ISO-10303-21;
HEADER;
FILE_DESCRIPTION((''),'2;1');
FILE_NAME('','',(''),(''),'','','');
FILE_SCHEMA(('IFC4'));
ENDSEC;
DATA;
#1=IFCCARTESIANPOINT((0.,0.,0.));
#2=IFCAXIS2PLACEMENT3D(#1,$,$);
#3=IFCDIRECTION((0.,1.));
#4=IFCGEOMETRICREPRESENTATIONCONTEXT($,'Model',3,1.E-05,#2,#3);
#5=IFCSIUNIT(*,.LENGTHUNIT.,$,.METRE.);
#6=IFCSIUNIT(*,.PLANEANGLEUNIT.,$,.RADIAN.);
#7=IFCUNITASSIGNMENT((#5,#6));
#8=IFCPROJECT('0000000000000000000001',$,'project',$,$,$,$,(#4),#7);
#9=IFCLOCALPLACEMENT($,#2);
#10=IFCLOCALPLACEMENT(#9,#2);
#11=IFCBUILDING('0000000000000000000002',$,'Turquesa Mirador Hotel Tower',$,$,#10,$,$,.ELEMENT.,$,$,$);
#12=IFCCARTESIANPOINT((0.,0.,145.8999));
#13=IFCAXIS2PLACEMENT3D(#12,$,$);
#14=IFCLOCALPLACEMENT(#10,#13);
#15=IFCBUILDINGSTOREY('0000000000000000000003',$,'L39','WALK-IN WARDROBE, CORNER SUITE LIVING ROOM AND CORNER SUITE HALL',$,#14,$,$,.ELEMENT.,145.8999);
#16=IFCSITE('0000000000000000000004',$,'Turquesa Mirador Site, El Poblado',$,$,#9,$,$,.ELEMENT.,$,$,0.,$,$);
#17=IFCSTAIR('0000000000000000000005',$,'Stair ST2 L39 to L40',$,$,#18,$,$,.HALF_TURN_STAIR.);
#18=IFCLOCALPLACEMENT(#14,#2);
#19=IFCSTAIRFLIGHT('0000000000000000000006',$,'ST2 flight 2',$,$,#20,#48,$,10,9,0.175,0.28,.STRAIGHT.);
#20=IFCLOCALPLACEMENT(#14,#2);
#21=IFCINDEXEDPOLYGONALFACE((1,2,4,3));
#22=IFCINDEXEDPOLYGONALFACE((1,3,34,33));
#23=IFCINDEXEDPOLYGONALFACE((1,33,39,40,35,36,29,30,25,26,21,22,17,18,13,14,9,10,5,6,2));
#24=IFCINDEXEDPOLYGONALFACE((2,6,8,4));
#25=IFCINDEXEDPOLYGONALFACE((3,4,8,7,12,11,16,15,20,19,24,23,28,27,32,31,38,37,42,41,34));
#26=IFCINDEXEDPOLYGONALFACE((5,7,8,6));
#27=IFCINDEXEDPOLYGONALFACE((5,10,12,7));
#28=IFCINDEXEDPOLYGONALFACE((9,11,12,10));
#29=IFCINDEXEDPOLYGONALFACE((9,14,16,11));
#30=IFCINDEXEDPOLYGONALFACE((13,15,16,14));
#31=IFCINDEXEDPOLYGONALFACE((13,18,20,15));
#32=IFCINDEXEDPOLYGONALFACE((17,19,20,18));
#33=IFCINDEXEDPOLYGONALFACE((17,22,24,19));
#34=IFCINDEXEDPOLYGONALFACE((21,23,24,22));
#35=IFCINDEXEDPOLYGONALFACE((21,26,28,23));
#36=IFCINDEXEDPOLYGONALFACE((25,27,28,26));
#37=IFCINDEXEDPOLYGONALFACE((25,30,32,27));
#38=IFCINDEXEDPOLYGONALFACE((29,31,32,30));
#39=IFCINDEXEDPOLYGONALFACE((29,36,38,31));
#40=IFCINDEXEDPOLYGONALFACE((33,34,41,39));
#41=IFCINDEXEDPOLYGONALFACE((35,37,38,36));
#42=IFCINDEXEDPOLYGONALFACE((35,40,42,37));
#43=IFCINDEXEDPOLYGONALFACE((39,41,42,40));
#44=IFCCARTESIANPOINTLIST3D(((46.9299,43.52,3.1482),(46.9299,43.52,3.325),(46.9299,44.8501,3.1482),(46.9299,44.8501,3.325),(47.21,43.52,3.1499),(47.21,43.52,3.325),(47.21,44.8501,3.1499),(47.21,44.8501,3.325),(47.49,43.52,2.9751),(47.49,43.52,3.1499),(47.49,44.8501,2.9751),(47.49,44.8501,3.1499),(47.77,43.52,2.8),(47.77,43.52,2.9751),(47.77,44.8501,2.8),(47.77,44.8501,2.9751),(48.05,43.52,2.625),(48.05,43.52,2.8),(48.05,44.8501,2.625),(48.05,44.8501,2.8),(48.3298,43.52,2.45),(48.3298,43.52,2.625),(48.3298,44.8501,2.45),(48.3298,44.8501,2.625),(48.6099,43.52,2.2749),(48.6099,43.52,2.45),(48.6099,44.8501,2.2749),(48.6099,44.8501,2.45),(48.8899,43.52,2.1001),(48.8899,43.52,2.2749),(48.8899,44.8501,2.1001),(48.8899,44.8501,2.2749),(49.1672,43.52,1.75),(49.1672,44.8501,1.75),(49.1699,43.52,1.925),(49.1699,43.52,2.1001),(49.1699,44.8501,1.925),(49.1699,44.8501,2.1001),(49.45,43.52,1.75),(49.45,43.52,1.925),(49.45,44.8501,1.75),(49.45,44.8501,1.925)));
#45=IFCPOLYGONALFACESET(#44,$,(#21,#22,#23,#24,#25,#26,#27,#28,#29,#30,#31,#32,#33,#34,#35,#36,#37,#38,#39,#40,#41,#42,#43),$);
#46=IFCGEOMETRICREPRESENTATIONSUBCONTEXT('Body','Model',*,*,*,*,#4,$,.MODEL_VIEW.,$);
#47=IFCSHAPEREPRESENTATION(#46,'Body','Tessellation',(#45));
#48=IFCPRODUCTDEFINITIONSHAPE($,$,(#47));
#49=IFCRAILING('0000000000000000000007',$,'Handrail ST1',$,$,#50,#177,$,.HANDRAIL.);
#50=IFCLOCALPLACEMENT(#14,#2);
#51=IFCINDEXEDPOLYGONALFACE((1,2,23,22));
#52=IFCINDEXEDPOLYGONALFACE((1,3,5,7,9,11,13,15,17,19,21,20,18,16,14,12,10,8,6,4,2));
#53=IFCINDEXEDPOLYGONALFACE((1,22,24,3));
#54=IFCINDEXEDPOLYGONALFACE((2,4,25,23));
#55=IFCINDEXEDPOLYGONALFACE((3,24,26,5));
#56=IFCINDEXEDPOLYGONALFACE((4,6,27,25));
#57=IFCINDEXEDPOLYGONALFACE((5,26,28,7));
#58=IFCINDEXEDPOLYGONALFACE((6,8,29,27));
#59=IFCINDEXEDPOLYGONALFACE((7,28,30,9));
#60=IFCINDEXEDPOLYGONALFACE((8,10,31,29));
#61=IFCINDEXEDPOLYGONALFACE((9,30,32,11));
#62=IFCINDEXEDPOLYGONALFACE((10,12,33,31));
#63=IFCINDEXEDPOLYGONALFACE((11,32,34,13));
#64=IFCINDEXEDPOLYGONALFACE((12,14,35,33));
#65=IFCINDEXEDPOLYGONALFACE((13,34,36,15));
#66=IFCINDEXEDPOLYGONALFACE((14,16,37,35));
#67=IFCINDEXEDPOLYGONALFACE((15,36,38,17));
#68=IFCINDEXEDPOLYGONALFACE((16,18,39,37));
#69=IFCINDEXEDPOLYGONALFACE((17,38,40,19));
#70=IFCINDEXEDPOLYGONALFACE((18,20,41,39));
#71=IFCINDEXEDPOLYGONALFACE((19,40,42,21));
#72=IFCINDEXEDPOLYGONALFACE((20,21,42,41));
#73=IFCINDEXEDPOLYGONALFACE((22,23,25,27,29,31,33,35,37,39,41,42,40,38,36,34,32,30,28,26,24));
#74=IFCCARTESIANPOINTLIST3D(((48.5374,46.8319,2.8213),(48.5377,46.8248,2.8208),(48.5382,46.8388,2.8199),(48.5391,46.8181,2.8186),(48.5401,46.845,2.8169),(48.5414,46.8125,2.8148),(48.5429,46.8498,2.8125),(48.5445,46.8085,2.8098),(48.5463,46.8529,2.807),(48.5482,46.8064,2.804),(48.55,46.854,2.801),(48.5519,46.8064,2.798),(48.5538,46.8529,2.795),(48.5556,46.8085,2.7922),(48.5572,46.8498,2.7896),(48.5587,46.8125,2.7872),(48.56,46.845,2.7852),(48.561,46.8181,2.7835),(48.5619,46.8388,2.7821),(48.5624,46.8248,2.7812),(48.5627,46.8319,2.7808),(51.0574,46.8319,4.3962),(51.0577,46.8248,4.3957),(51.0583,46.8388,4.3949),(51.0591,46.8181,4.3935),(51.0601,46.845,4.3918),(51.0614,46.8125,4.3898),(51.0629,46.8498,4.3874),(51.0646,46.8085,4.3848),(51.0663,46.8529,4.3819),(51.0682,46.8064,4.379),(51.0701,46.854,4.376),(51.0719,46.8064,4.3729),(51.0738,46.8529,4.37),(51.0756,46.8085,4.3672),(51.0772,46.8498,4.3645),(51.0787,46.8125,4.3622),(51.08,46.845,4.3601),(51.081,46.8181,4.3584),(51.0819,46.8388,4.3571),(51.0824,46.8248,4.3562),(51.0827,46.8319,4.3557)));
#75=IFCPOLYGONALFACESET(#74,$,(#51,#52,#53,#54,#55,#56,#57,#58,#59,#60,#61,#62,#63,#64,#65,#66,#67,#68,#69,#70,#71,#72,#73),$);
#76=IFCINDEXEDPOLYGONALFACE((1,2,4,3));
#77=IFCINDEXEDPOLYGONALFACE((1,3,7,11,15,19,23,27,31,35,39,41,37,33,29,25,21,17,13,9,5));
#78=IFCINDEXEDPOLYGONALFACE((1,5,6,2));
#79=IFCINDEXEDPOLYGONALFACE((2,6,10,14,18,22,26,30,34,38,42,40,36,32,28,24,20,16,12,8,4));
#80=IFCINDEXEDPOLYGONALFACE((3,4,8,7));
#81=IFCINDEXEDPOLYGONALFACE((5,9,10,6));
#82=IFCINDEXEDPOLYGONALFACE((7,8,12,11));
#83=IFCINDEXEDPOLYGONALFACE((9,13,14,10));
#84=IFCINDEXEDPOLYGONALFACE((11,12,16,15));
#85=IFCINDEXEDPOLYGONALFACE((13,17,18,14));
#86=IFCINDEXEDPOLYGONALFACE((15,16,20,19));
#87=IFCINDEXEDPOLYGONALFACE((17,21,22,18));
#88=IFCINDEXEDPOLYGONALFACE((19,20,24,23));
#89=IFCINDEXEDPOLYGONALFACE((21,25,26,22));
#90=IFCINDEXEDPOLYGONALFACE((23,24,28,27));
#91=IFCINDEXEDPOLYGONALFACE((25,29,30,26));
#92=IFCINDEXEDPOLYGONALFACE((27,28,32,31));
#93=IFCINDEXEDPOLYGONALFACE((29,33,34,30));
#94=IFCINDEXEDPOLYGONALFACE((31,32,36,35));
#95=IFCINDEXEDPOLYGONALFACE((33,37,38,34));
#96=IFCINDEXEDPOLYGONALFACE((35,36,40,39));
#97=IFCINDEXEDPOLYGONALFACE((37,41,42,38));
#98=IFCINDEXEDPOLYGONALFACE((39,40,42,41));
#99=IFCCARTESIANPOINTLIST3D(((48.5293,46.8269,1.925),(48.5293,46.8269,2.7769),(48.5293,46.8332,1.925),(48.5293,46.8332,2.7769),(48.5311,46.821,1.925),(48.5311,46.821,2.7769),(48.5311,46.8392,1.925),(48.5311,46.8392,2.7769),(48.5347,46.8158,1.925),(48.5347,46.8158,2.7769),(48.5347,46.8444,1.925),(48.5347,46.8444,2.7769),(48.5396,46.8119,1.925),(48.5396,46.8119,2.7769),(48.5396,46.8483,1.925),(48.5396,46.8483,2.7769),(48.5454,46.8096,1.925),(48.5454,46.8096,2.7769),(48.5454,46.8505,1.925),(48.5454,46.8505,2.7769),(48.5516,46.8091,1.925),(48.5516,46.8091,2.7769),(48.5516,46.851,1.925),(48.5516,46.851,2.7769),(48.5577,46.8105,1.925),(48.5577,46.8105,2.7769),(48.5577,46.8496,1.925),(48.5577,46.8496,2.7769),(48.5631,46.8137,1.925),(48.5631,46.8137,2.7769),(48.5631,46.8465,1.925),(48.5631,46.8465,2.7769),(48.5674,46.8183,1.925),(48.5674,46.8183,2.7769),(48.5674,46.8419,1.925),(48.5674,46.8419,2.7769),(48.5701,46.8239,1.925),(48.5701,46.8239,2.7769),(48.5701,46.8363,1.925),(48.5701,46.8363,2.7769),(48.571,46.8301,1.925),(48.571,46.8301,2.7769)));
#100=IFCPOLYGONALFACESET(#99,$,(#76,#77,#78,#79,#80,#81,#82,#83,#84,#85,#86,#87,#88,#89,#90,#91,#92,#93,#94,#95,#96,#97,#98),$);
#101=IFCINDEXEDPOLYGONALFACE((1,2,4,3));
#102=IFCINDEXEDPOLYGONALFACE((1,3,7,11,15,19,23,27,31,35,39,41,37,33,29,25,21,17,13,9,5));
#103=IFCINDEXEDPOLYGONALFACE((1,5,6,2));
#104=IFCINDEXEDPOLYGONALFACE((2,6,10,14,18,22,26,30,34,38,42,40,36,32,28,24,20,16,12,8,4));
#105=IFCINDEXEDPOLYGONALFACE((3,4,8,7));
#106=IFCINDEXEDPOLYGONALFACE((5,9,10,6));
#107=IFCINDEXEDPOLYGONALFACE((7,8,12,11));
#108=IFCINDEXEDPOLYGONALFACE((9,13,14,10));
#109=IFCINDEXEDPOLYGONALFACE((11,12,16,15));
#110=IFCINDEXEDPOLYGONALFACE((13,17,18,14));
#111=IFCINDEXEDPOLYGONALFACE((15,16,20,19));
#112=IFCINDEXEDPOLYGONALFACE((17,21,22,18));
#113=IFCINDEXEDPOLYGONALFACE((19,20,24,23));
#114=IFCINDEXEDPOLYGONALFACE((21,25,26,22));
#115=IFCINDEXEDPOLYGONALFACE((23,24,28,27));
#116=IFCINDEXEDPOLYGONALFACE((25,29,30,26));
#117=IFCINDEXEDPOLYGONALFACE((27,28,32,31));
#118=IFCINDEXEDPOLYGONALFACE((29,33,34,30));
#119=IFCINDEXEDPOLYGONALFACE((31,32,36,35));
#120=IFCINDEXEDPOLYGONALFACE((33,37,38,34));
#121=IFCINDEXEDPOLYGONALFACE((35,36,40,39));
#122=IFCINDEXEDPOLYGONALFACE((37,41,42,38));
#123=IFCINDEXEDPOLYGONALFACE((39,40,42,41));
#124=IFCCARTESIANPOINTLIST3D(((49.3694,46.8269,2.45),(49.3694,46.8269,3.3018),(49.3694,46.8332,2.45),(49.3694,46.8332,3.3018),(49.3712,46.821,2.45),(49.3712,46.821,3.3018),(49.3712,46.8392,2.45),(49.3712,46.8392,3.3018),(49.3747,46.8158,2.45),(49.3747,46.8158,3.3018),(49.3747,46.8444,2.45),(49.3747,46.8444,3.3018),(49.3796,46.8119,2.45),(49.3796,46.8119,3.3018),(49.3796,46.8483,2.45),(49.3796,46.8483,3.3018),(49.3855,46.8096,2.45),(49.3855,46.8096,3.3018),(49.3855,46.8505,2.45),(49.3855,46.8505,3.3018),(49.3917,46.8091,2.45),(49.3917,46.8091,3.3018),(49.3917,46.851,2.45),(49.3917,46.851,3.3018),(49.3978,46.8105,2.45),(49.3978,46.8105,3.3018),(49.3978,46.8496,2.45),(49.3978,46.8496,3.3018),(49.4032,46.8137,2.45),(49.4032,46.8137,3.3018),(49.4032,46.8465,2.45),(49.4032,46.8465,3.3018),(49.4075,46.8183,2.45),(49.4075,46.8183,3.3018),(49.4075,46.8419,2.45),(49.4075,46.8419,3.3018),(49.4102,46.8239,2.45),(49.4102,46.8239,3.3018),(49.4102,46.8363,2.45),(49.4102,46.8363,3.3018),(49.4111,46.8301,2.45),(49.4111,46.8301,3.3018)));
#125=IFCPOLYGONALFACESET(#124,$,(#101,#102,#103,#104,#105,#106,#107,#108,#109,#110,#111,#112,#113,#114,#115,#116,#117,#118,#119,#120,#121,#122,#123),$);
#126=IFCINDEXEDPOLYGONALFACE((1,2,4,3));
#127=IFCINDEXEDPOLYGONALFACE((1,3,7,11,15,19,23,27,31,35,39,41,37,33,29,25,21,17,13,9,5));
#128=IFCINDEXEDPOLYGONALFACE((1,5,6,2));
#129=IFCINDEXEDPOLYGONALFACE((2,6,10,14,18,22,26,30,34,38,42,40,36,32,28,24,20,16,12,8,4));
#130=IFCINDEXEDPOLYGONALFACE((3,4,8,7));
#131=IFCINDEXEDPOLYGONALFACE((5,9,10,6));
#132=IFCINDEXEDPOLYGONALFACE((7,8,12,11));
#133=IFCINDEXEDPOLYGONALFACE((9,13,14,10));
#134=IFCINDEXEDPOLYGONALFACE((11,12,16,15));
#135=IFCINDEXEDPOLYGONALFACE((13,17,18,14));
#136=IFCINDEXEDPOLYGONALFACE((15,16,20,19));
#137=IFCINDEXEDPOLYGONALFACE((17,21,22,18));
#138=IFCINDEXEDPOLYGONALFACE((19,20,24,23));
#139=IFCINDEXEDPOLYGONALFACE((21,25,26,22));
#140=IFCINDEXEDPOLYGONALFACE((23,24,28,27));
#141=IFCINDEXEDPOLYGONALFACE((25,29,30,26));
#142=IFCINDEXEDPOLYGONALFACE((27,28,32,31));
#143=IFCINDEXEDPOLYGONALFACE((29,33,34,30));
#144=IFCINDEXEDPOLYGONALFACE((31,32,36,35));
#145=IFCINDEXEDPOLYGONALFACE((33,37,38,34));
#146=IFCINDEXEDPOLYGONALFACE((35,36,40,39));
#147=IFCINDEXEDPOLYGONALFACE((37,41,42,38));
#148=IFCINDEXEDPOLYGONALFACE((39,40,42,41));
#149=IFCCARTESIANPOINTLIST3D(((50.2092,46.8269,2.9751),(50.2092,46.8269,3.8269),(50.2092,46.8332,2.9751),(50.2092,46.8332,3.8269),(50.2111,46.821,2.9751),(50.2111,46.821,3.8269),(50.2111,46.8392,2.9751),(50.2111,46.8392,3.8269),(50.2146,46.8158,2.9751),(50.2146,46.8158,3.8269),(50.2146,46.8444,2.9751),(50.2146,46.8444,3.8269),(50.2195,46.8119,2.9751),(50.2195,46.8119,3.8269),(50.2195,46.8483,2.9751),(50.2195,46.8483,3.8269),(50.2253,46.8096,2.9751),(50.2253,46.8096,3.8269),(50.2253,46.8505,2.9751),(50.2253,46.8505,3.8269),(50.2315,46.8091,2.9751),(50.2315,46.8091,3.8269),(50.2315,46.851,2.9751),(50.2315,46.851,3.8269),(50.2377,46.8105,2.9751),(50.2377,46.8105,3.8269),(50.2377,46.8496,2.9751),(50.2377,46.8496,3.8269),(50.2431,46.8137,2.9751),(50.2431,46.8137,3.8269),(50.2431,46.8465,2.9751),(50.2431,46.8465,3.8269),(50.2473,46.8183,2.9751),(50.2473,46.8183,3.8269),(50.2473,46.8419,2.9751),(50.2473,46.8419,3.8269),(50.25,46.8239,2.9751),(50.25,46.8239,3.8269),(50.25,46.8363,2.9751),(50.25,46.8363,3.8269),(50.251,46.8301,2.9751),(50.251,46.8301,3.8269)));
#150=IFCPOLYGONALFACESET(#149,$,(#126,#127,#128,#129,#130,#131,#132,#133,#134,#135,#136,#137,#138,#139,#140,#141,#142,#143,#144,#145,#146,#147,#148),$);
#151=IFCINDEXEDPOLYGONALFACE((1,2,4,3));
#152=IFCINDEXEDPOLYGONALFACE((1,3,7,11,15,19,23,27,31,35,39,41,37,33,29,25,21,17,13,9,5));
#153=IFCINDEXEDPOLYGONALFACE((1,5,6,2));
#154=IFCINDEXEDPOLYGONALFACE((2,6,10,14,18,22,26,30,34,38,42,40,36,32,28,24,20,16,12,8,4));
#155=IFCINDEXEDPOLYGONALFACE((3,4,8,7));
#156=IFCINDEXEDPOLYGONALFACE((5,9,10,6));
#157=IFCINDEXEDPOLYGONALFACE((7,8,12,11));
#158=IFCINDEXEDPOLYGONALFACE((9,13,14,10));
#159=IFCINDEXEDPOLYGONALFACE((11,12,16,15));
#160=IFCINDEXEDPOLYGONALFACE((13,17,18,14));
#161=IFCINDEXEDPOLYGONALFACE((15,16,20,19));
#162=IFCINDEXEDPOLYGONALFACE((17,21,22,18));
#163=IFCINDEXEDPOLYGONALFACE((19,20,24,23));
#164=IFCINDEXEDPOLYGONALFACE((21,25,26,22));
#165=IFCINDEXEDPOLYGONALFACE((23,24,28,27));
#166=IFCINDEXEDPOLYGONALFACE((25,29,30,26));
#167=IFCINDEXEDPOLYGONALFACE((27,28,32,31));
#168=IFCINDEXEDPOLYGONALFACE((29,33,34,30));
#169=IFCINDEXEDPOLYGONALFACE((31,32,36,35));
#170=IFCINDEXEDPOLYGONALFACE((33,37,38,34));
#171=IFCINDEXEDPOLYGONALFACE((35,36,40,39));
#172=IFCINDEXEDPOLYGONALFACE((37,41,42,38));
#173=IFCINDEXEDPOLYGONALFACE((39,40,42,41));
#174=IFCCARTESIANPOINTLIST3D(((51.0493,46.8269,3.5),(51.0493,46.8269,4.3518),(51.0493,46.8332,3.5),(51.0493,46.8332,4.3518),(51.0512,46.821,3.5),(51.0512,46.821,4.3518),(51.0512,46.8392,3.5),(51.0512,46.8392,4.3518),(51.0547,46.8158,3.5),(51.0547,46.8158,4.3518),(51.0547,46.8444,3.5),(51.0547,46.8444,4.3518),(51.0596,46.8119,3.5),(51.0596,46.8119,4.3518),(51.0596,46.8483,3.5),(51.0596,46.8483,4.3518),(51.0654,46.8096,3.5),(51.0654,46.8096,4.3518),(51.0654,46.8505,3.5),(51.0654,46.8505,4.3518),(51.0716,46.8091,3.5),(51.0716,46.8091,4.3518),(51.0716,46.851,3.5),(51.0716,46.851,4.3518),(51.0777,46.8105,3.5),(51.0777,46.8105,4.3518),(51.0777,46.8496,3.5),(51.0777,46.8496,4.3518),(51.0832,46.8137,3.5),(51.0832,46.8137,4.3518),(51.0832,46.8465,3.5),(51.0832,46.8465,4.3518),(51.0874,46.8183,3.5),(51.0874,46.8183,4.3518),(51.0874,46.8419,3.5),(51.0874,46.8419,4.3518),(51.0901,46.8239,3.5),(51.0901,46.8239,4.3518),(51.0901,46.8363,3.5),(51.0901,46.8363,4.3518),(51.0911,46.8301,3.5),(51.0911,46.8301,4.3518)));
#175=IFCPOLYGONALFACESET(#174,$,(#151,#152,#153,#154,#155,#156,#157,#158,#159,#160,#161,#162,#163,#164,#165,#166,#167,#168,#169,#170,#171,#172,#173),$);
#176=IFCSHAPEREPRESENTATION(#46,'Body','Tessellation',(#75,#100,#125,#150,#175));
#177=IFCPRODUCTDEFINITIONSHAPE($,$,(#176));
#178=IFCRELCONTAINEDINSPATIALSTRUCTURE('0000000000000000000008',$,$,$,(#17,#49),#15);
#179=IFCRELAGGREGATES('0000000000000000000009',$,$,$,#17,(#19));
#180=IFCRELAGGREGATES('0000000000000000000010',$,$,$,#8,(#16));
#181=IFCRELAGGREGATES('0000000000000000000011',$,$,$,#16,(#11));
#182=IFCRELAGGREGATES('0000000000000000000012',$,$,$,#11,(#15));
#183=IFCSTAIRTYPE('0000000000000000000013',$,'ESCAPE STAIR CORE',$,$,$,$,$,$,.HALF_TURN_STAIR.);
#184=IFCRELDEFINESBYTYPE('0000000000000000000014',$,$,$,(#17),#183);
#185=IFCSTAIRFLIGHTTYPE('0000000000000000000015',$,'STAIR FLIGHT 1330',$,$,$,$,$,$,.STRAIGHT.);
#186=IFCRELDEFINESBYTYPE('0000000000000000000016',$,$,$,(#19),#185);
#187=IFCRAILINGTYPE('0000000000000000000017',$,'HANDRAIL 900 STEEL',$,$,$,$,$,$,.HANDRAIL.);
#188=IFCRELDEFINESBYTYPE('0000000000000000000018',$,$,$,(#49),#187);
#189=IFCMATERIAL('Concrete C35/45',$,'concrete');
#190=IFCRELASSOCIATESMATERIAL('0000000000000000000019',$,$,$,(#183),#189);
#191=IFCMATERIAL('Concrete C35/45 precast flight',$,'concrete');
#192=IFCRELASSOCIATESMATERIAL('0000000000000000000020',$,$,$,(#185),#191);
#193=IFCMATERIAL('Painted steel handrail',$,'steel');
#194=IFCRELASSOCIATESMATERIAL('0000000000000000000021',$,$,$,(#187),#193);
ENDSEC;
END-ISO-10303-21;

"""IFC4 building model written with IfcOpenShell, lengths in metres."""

from ifc_helpers import new_model, si_unit, direction, frame, origin, origin_2d, place, context, subcontext, project, spatial, polyline, circle, outline, extrude, material, type_object, element, aggregate, save


model = new_model("IFC4")

# Units and contexts
model_context = context("Model", 3, precision=1e-05, world=origin(), true_north=direction((0.0, 1.0)))
body_context = subcontext(model_context, "Body", "Model", "MODEL_VIEW")
ifc_project = project(units=[si_unit("LENGTHUNIT", "METRE"), si_unit("PLANEANGLEUNIT", "RADIAN")], contexts=[model_context])

# Site, building, storey
site_placement = place(None, origin())
site = spatial("IfcSite", under=ifc_project, at=site_placement, Name="Turquesa Mirador Site, El Poblado", CompositionType="ELEMENT", RefElevation=0.0)
building_placement = place(site_placement, origin())
building = spatial("IfcBuilding", under=site, at=building_placement, Name="Turquesa Mirador Hotel Tower", CompositionType="ELEMENT")
storey_placement = place(building_placement, frame((0.0, 0.0, 145.8999)))
storey = spatial("IfcBuildingStorey", under=building, at=storey_placement, Name="L39", Description="WALK-IN WARDROBE, CORNER SUITE LIVING ROOM AND CORNER SUITE HALL", CompositionType="ELEMENT", Elevation=145.8999)

# Shared definitions
ifc_material_1 = material(Name="Concrete C35/45", Category="concrete")
stair_type = type_object("IfcStairType", Name="ESCAPE STAIR CORE", PredefinedType="HALF_TURN_STAIR", material=ifc_material_1)
ifc_material_2 = material(Name="Concrete C35/45 precast flight", Category="concrete")
stair_flight_type = type_object("IfcStairFlightType", Name="STAIR FLIGHT 1330", PredefinedType="STRAIGHT", material=ifc_material_2)

# Stair, stair flight
stair_1_placement = place(storey_placement, origin())
stair_1 = element("IfcStair", 1, at=stair_1_placement, inside=storey, type_object=stair_type, Name="Stair ST2 L39 to L40", PredefinedType="HALF_TURN_STAIR")
stair_flight_1_placement = place(storey_placement, frame((49.45, 44.1851, 1.75), z_axis=(0.0, 0.0, 1.0), x_axis=(-1.0, 0.0, 0.0)))
stair_flight_1 = element("IfcStairFlight", 2, at=stair_flight_1_placement, type_object=stair_flight_type, Name="ST2 flight 2", NumberOfRisers=10, NumberOfTreads=9, PredefinedType="STRAIGHT", RiserHeight=0.175, TreadLength=0.28, context=body_context, shape_type="SweptSolid", body=[
    extrude(outline(polyline([(0.0, 0.0), (0.0, 0.175), (0.28, 0.175), (0.28, 0.3501), (0.5601, 0.3501), (0.5601, 0.5249), (0.8401, 0.5249), (0.8401, 0.7), (1.1201, 0.7), (1.1201, 0.875), (1.3999, 0.875), (1.3999, 1.05), (1.6799, 1.05), (1.6799, 1.2251), (1.96, 1.2251), (1.96, 1.3999), (2.24, 1.3999), (2.24, 1.575), (2.52, 1.575), (2.52, 1.75), (2.52, 1.3982), (0.2827, 0.0), (0.0, 0.0)])), frame((0.0, 0.665, 0.0), z_axis=(0.0, -1.0, 0.0), x_axis=(1.0, 0.0, 0.0)), (0.0, 0.0, 1.0), 1.3301),
])
aggregate(stair_1, [stair_flight_1])

# Railing
ifc_material_3 = material(Name="Painted steel handrail", Category="steel")
railing_type = type_object("IfcRailingType", Name="HANDRAIL 900 STEEL", PredefinedType="HANDRAIL", material=ifc_material_3)
for number, where, name in (
    (3, (48.55, 46.8301, 1.925), "Handrail ST1"),
):
    element("IfcRailing", number, at=place(storey_placement, frame(where)), inside=storey, type_object=railing_type, Name=name, PredefinedType="HANDRAIL", context=body_context, shape_type="SweptSolid", body=[
        extrude(circle(Radius=0.0239, at=origin_2d()), frame((0.0, 0.0, 0.876), z_axis=(0.848008, 0.0, 0.529984), x_axis=(0.0, 1.0, 0.0)), (0.0, 0.0, 1.0), 2.9717),
        extrude(circle(Radius=0.021, at=origin_2d()), origin(), (0.0, 0.0, 1.0), 0.8518),
        extrude(circle(Radius=0.021, at=origin_2d()), frame((0.8401, 0.0, 0.5249)), (0.0, 0.0, 1.0), 0.8518),
        extrude(circle(Radius=0.021, at=origin_2d()), frame((1.6799, 0.0, 1.05)), (0.0, 0.0, 1.0), 0.8518),
        extrude(circle(Radius=0.021, at=origin_2d()), frame((2.52, 0.0, 1.575)), (0.0, 0.0, 1.0), 0.8518),
    ])

save(model, "model.ifc")
